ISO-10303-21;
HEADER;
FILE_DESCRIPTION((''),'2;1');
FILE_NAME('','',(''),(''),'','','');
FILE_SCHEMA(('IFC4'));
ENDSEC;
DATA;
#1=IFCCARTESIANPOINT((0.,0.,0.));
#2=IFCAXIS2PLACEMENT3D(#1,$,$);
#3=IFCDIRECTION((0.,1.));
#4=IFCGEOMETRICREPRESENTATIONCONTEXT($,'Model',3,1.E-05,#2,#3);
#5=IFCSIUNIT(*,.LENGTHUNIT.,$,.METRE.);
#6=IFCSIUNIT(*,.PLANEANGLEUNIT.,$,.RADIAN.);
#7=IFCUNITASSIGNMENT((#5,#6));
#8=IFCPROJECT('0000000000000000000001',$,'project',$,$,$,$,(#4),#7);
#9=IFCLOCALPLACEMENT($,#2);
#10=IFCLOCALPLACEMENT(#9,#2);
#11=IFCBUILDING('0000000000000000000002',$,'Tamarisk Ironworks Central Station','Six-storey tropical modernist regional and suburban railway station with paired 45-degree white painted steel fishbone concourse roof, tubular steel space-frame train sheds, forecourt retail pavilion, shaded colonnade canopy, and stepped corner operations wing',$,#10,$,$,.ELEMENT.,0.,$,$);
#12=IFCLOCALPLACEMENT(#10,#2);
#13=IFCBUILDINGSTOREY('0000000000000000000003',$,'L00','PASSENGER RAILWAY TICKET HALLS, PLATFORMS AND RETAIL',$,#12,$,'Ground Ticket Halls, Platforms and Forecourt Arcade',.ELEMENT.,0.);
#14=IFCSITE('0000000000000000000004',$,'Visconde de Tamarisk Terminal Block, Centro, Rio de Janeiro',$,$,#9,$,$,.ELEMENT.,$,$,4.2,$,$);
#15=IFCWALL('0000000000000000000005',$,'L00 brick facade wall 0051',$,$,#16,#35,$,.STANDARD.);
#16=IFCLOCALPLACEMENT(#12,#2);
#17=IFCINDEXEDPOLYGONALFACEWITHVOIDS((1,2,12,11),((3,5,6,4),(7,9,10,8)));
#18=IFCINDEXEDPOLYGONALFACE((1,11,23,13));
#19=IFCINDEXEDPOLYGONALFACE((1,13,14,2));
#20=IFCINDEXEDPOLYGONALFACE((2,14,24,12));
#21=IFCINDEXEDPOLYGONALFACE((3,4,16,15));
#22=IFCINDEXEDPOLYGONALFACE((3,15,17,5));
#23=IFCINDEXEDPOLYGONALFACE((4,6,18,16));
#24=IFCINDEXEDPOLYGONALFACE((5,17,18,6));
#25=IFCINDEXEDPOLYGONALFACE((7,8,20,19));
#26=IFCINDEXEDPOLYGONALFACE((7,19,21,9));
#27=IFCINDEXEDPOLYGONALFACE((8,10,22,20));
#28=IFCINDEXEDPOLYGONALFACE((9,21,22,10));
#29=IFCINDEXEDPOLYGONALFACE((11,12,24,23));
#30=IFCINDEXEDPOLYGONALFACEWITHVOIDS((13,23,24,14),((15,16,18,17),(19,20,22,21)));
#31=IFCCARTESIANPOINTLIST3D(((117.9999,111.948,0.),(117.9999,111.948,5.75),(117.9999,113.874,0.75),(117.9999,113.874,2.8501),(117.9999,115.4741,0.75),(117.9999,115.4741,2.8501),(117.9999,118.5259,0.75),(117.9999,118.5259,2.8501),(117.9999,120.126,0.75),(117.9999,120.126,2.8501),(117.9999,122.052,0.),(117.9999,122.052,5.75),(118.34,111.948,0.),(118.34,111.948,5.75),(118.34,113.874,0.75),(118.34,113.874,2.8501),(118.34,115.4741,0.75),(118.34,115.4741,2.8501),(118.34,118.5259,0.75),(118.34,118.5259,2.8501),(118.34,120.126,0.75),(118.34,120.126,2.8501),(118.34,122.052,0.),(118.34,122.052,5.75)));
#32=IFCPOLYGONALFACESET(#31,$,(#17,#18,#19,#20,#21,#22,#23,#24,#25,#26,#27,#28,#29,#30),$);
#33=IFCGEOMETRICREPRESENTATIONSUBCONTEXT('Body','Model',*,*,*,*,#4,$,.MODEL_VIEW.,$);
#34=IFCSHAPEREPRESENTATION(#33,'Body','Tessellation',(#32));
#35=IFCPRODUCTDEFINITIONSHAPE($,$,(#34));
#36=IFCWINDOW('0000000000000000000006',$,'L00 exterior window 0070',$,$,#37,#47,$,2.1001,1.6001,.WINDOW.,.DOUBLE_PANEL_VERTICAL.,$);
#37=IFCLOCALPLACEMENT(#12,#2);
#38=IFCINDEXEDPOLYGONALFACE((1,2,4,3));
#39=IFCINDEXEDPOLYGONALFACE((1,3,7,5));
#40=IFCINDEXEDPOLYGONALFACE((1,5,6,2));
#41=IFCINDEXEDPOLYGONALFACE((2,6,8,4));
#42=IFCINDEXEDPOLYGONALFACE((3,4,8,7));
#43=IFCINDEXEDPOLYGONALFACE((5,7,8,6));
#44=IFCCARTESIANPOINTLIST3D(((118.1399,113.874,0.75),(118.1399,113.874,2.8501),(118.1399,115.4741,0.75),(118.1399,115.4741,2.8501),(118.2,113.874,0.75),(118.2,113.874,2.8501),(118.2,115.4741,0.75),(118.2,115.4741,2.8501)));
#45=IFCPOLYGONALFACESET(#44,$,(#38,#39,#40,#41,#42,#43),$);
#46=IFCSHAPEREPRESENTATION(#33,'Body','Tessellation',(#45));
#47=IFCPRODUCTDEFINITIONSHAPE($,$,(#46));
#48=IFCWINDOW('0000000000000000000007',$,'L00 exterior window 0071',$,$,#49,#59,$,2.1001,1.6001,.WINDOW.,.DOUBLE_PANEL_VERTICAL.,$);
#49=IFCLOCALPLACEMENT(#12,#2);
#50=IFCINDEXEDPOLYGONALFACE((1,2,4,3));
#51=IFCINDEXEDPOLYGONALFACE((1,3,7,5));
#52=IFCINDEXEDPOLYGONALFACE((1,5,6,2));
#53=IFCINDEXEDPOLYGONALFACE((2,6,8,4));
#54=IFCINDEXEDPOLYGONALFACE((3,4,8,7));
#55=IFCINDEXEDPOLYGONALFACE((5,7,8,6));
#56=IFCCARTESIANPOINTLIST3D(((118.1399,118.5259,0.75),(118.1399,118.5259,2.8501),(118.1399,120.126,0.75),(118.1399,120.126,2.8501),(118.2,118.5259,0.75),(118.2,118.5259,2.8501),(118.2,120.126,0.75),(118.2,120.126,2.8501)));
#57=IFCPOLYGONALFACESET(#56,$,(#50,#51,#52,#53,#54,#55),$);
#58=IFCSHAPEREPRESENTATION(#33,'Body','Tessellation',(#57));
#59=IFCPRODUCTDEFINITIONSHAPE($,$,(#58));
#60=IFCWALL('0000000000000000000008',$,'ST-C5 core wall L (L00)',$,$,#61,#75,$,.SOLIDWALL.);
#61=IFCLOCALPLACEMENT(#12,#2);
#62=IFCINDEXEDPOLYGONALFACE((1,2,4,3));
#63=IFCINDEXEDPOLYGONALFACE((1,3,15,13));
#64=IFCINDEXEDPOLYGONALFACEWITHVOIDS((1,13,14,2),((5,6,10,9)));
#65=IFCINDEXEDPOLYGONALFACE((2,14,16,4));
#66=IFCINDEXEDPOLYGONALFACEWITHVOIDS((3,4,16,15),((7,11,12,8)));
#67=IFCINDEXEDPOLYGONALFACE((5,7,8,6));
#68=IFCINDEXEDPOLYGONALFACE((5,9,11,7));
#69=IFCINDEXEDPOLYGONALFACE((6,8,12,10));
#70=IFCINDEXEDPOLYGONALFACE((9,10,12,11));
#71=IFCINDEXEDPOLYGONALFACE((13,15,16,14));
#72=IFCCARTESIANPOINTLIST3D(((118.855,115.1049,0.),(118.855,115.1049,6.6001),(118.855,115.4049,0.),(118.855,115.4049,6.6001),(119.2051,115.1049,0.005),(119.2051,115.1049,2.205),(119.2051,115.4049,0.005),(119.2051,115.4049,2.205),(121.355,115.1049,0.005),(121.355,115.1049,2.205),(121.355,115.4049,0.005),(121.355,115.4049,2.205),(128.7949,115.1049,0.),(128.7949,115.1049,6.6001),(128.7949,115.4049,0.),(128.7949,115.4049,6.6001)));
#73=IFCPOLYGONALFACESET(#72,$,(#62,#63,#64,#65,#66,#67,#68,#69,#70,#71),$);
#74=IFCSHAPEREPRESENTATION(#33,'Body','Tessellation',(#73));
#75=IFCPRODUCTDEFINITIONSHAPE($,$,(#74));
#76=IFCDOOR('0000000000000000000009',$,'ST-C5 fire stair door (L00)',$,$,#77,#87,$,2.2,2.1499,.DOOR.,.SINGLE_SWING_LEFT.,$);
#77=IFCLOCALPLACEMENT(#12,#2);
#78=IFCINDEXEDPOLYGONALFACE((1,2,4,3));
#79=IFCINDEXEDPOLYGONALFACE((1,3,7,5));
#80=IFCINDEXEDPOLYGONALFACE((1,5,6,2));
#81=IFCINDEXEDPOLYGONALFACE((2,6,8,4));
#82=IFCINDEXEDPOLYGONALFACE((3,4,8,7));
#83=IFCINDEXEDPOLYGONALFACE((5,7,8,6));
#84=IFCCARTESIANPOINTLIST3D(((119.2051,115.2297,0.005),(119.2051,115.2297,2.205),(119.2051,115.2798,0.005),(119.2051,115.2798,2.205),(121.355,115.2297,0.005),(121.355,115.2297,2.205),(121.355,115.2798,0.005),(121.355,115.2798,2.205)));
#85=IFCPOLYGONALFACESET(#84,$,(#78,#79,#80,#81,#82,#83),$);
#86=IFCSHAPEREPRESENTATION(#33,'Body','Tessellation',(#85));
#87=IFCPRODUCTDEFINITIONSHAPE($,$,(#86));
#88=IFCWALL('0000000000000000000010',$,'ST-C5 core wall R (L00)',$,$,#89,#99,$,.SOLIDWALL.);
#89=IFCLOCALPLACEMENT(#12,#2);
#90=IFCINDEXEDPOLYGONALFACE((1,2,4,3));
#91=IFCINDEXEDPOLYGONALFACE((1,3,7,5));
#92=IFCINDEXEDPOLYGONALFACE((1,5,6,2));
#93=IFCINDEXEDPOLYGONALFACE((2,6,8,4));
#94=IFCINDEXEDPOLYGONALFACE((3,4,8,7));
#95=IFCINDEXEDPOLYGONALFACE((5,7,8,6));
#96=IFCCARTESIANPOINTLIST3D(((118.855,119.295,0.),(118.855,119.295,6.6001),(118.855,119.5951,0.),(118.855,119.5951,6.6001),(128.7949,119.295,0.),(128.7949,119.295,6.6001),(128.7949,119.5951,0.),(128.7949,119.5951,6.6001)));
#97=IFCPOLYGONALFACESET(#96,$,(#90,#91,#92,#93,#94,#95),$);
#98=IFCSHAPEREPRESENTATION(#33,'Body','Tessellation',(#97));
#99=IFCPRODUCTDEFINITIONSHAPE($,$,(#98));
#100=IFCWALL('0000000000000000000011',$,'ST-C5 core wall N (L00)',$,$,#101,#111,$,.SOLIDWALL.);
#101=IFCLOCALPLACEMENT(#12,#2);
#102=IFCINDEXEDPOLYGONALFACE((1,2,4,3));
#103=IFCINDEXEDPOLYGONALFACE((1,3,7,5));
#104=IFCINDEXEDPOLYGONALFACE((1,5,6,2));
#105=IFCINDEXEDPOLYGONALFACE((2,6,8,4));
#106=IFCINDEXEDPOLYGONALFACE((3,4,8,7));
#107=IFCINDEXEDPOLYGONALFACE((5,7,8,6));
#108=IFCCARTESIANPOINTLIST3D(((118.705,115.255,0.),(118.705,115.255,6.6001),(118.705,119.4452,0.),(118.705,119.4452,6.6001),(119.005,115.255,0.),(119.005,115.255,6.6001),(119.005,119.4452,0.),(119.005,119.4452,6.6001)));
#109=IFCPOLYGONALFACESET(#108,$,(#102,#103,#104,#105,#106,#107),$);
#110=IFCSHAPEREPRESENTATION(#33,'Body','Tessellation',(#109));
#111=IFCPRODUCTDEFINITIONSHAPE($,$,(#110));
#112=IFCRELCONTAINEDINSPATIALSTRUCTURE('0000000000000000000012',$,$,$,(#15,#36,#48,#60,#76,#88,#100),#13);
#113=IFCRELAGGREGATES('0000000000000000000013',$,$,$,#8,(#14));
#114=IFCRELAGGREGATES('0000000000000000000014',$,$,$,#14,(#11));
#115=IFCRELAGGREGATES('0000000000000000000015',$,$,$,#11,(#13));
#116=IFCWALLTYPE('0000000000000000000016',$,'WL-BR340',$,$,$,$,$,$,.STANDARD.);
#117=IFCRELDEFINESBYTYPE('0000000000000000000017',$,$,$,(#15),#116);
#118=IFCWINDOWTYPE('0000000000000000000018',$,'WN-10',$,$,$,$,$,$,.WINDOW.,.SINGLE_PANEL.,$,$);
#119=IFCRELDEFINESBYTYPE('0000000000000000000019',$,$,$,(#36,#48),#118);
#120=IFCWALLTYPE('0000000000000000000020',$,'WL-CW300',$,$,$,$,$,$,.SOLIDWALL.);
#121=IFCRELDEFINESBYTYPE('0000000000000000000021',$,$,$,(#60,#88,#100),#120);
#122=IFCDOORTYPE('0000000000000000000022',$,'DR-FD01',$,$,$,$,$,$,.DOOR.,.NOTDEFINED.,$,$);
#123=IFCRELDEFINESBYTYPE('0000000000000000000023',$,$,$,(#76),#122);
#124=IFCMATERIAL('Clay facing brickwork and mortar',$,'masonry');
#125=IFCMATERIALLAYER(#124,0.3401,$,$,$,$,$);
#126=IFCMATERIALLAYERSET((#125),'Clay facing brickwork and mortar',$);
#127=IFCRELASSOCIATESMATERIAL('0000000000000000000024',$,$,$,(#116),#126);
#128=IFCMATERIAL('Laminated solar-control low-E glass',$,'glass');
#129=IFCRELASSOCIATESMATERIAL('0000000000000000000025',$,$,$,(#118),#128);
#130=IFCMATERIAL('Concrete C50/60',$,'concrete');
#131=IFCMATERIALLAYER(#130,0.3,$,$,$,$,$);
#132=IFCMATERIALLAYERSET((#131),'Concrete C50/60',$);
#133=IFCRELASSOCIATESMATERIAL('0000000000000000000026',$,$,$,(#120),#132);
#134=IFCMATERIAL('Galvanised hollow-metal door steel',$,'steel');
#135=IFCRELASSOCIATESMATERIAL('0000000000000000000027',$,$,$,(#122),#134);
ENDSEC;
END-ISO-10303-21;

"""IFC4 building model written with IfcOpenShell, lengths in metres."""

from ifc_helpers import new_model, si_unit, direction, frame, frame_2d, origin, place, context, subcontext, project, spatial, rectangle, extrude, material, layer, layer_set, type_object, element, fill, save


model = new_model("IFC4")

# Units and contexts
model_context = context("Model", 3, precision=1e-05, world=origin(), true_north=direction((0.0, 1.0)))
body_context = subcontext(model_context, "Body", "Model", "MODEL_VIEW")
ifc_project = project(units=[si_unit("LENGTHUNIT", "METRE"), si_unit("PLANEANGLEUNIT", "RADIAN")], contexts=[model_context])

# Site, building, storey
site_placement = place(None, origin())
site = spatial("IfcSite", under=ifc_project, at=site_placement, Name="Visconde de Tamarisk Terminal Block, Centro, Rio de Janeiro", CompositionType="ELEMENT", RefElevation=4.2)
building_placement = place(site_placement, origin())
building = spatial("IfcBuilding", under=site, at=building_placement, Name="Tamarisk Ironworks Central Station", Description="Six-storey tropical modernist regional and suburban railway station with paired 45-degree white painted steel fishbone concourse roof, tubular steel space-frame train sheds, forecourt retail pavilion, shaded colonnade canopy, and stepped corner operations wing", CompositionType="ELEMENT", ElevationOfRefHeight=0.0)
storey_placement = place(building_placement, origin())
storey = spatial("IfcBuildingStorey", under=building, at=storey_placement, Name="L00", Description="PASSENGER RAILWAY TICKET HALLS, PLATFORMS AND RETAIL", LongName="Ground Ticket Halls, Platforms and Forecourt Arcade", CompositionType="ELEMENT", Elevation=0.0)

# Shared definitions
ifc_material_1 = material(Name="Concrete C50/60", Category="concrete")

# Shared definitions
ifc_material_2 = material(Name="Clay facing brickwork and mortar", Category="masonry")
ifc_layer_1 = layer(ifc_material_2, 0.3401)
ifc_layer_set_1 = layer_set([ifc_layer_1], Name="Clay facing brickwork and mortar")
wall_type_1 = type_object("IfcWallType", Name="WL-BR340", PredefinedType="STANDARD", material=ifc_layer_set_1)

# Wall, openings, windows
wall_1_placement = place(storey_placement, frame((118.1699, 111.948, 0.0), z_axis=(0.0, 0.0, 1.0), x_axis=(0.0, 1.0, 0.0)))
wall_1 = element("IfcWall", 1, at=wall_1_placement, inside=storey, type_object=wall_type_1, Name="L00 brick facade wall 0051", PredefinedType="STANDARD", context=body_context, shape_type="SweptSolid", body=[
    extrude(rectangle(XDim=10.104, YDim=0.3401, at=frame_2d((5.052, 0.0))), origin(), (0.0, 0.0, 1.0), 5.75),
])
opening_1_placement = place(wall_1_placement, frame((1.926, 0.0, 0.75)))
opening_1 = element("IfcOpeningElement", 2, at=opening_1_placement, cuts=wall_1, PredefinedType="OPENING", context=body_context, shape_type="SweptSolid", body=[
    extrude(rectangle(XDim=1.6001, YDim=2.1001, at=frame_2d((0.8, 1.05))), frame((0.0, 0.1821, 0.0), z_axis=(0.0, -1.0, 0.0), x_axis=(1.0, 0.0, 0.0)), (0.0, 0.0, 1.0), 0.364),
])
opening_2_placement = place(wall_1_placement, frame((6.5779, 0.0, 0.75)))
opening_2 = element("IfcOpeningElement", 3, at=opening_2_placement, cuts=wall_1, PredefinedType="OPENING", context=body_context, shape_type="SweptSolid", body=[
    extrude(rectangle(XDim=1.6001, YDim=2.1001, at=frame_2d((0.8, 1.05))), frame((0.0, 0.1821, 0.0), z_axis=(0.0, -1.0, 0.0), x_axis=(1.0, 0.0, 0.0)), (0.0, 0.0, 1.0), 0.364),
])
ifc_material_3 = material(Name="Laminated solar-control low-E glass", Category="glass")
window_type = type_object("IfcWindowType", Name="WN-10", PartitioningType="SINGLE_PANEL", PredefinedType="WINDOW", material=ifc_material_3)
window_1_placement = place(opening_1_placement, origin())
window_1 = element("IfcWindow", 4, at=window_1_placement, inside=storey, type_object=window_type, Name="L00 exterior window 0070", OverallHeight=2.1001, OverallWidth=1.6001, PartitioningType="DOUBLE_PANEL_VERTICAL", PredefinedType="WINDOW", context=body_context, shape_type="SweptSolid", body=[
    extrude(rectangle(XDim=1.6001, YDim=2.1001, at=frame_2d((0.8, 1.05))), frame((0.0, 0.03, 0.0), z_axis=(0.0, -1.0, 0.0), x_axis=(1.0, 0.0, 0.0)), (0.0, 0.0, 1.0), 0.0601),
])
fill(opening_1, window_1)
window_2_placement = place(opening_2_placement, origin())
window_2 = element("IfcWindow", 5, at=window_2_placement, inside=storey, type_object=window_type, Name="L00 exterior window 0071", OverallHeight=2.1001, OverallWidth=1.6001, PartitioningType="DOUBLE_PANEL_VERTICAL", PredefinedType="WINDOW", context=body_context, shape_type="SweptSolid", body=[
    extrude(rectangle(XDim=1.6001, YDim=2.1001, at=frame_2d((0.8, 1.05))), frame((0.0, 0.03, 0.0), z_axis=(0.0, -1.0, 0.0), x_axis=(1.0, 0.0, 0.0)), (0.0, 0.0, 1.0), 0.0601),
])
fill(opening_2, window_2)

# Wall, opening, door
ifc_layer_2 = layer(ifc_material_1, 0.3)
ifc_layer_set_2 = layer_set([ifc_layer_2], Name="Concrete C50/60")
wall_type_2 = type_object("IfcWallType", Name="WL-CW300", PredefinedType="SOLIDWALL", material=ifc_layer_set_2)
wall_2_placement = place(storey_placement, frame((118.855, 115.2549, 0.0), z_axis=(0.0, 0.0, 1.0), x_axis=(1.0, 0.0, 0.0)))
wall_2 = element("IfcWall", 6, at=wall_2_placement, inside=storey, type_object=wall_type_2, Name="ST-C5 core wall L (L00)", PredefinedType="SOLIDWALL", context=body_context, shape_type="SweptSolid", body=[
    extrude(rectangle(XDim=9.9399, YDim=0.3, at=frame_2d((4.97, 0.0))), origin(), (0.0, 0.0, 1.0), 6.6001),
])
opening_3_placement = place(wall_2_placement, frame((0.3501, 0.0, 0.0049)))
opening_3 = element("IfcOpeningElement", 7, at=opening_3_placement, cuts=wall_2, PredefinedType="OPENING", context=body_context, shape_type="SweptSolid", body=[
    extrude(rectangle(XDim=2.1499, YDim=2.2, at=frame_2d((1.075, 1.1001))), frame((0.0, 0.1621, 0.0), z_axis=(0.0, -1.0, 0.0), x_axis=(1.0, 0.0, 0.0)), (0.0, 0.0, 1.0), 0.324),
])
ifc_material_4 = material(Name="Galvanised hollow-metal door steel", Category="steel")
door_type_1 = type_object("IfcDoorType", Name="DR-FD01", OperationType="NOTDEFINED", PredefinedType="DOOR", material=ifc_material_4)
door_1_placement = place(opening_3_placement, origin())
door_1 = element("IfcDoor", 8, at=door_1_placement, inside=storey, type_object=door_type_1, Name="ST-C5 fire stair door (L00)", OperationType="SINGLE_SWING_LEFT", OverallHeight=2.2, OverallWidth=2.1499, PredefinedType="DOOR", context=body_context, shape_type="SweptSolid", body=[
    extrude(rectangle(XDim=2.1499, YDim=2.2, at=frame_2d((1.075, 1.1001))), frame((0.0, 0.0249, 0.0), z_axis=(0.0, -1.0, 0.0), x_axis=(1.0, 0.0, 0.0)), (0.0, 0.0, 1.0), 0.05),
])
fill(opening_3, door_1)

# Walls
wall_3_placement = place(storey_placement, frame((118.855, 119.4451, 0.0), z_axis=(0.0, 0.0, 1.0), x_axis=(1.0, 0.0, 0.0)))
element("IfcWall", 9, at=wall_3_placement, inside=storey, type_object=wall_type_2, Name="ST-C5 core wall R (L00)", PredefinedType="SOLIDWALL", context=body_context, shape_type="SweptSolid", body=[
    extrude(rectangle(XDim=9.9399, YDim=0.3, at=frame_2d((4.97, 0.0))), origin(), (0.0, 0.0, 1.0), 6.6001),
])
wall_4_placement = place(storey_placement, frame((118.855, 115.2549, 0.0), z_axis=(0.0, 0.0, 1.0), x_axis=(0.0, 1.0, 0.0)))
element("IfcWall", 10, at=wall_4_placement, inside=storey, type_object=wall_type_2, Name="ST-C5 core wall N (L00)", PredefinedType="SOLIDWALL", context=body_context, shape_type="SweptSolid", body=[
    extrude(rectangle(XDim=4.1902, YDim=0.3, at=frame_2d((2.0952, 0.0))), origin(), (0.0, 0.0, 1.0), 6.6001),
])

save(model, "model.ifc")
